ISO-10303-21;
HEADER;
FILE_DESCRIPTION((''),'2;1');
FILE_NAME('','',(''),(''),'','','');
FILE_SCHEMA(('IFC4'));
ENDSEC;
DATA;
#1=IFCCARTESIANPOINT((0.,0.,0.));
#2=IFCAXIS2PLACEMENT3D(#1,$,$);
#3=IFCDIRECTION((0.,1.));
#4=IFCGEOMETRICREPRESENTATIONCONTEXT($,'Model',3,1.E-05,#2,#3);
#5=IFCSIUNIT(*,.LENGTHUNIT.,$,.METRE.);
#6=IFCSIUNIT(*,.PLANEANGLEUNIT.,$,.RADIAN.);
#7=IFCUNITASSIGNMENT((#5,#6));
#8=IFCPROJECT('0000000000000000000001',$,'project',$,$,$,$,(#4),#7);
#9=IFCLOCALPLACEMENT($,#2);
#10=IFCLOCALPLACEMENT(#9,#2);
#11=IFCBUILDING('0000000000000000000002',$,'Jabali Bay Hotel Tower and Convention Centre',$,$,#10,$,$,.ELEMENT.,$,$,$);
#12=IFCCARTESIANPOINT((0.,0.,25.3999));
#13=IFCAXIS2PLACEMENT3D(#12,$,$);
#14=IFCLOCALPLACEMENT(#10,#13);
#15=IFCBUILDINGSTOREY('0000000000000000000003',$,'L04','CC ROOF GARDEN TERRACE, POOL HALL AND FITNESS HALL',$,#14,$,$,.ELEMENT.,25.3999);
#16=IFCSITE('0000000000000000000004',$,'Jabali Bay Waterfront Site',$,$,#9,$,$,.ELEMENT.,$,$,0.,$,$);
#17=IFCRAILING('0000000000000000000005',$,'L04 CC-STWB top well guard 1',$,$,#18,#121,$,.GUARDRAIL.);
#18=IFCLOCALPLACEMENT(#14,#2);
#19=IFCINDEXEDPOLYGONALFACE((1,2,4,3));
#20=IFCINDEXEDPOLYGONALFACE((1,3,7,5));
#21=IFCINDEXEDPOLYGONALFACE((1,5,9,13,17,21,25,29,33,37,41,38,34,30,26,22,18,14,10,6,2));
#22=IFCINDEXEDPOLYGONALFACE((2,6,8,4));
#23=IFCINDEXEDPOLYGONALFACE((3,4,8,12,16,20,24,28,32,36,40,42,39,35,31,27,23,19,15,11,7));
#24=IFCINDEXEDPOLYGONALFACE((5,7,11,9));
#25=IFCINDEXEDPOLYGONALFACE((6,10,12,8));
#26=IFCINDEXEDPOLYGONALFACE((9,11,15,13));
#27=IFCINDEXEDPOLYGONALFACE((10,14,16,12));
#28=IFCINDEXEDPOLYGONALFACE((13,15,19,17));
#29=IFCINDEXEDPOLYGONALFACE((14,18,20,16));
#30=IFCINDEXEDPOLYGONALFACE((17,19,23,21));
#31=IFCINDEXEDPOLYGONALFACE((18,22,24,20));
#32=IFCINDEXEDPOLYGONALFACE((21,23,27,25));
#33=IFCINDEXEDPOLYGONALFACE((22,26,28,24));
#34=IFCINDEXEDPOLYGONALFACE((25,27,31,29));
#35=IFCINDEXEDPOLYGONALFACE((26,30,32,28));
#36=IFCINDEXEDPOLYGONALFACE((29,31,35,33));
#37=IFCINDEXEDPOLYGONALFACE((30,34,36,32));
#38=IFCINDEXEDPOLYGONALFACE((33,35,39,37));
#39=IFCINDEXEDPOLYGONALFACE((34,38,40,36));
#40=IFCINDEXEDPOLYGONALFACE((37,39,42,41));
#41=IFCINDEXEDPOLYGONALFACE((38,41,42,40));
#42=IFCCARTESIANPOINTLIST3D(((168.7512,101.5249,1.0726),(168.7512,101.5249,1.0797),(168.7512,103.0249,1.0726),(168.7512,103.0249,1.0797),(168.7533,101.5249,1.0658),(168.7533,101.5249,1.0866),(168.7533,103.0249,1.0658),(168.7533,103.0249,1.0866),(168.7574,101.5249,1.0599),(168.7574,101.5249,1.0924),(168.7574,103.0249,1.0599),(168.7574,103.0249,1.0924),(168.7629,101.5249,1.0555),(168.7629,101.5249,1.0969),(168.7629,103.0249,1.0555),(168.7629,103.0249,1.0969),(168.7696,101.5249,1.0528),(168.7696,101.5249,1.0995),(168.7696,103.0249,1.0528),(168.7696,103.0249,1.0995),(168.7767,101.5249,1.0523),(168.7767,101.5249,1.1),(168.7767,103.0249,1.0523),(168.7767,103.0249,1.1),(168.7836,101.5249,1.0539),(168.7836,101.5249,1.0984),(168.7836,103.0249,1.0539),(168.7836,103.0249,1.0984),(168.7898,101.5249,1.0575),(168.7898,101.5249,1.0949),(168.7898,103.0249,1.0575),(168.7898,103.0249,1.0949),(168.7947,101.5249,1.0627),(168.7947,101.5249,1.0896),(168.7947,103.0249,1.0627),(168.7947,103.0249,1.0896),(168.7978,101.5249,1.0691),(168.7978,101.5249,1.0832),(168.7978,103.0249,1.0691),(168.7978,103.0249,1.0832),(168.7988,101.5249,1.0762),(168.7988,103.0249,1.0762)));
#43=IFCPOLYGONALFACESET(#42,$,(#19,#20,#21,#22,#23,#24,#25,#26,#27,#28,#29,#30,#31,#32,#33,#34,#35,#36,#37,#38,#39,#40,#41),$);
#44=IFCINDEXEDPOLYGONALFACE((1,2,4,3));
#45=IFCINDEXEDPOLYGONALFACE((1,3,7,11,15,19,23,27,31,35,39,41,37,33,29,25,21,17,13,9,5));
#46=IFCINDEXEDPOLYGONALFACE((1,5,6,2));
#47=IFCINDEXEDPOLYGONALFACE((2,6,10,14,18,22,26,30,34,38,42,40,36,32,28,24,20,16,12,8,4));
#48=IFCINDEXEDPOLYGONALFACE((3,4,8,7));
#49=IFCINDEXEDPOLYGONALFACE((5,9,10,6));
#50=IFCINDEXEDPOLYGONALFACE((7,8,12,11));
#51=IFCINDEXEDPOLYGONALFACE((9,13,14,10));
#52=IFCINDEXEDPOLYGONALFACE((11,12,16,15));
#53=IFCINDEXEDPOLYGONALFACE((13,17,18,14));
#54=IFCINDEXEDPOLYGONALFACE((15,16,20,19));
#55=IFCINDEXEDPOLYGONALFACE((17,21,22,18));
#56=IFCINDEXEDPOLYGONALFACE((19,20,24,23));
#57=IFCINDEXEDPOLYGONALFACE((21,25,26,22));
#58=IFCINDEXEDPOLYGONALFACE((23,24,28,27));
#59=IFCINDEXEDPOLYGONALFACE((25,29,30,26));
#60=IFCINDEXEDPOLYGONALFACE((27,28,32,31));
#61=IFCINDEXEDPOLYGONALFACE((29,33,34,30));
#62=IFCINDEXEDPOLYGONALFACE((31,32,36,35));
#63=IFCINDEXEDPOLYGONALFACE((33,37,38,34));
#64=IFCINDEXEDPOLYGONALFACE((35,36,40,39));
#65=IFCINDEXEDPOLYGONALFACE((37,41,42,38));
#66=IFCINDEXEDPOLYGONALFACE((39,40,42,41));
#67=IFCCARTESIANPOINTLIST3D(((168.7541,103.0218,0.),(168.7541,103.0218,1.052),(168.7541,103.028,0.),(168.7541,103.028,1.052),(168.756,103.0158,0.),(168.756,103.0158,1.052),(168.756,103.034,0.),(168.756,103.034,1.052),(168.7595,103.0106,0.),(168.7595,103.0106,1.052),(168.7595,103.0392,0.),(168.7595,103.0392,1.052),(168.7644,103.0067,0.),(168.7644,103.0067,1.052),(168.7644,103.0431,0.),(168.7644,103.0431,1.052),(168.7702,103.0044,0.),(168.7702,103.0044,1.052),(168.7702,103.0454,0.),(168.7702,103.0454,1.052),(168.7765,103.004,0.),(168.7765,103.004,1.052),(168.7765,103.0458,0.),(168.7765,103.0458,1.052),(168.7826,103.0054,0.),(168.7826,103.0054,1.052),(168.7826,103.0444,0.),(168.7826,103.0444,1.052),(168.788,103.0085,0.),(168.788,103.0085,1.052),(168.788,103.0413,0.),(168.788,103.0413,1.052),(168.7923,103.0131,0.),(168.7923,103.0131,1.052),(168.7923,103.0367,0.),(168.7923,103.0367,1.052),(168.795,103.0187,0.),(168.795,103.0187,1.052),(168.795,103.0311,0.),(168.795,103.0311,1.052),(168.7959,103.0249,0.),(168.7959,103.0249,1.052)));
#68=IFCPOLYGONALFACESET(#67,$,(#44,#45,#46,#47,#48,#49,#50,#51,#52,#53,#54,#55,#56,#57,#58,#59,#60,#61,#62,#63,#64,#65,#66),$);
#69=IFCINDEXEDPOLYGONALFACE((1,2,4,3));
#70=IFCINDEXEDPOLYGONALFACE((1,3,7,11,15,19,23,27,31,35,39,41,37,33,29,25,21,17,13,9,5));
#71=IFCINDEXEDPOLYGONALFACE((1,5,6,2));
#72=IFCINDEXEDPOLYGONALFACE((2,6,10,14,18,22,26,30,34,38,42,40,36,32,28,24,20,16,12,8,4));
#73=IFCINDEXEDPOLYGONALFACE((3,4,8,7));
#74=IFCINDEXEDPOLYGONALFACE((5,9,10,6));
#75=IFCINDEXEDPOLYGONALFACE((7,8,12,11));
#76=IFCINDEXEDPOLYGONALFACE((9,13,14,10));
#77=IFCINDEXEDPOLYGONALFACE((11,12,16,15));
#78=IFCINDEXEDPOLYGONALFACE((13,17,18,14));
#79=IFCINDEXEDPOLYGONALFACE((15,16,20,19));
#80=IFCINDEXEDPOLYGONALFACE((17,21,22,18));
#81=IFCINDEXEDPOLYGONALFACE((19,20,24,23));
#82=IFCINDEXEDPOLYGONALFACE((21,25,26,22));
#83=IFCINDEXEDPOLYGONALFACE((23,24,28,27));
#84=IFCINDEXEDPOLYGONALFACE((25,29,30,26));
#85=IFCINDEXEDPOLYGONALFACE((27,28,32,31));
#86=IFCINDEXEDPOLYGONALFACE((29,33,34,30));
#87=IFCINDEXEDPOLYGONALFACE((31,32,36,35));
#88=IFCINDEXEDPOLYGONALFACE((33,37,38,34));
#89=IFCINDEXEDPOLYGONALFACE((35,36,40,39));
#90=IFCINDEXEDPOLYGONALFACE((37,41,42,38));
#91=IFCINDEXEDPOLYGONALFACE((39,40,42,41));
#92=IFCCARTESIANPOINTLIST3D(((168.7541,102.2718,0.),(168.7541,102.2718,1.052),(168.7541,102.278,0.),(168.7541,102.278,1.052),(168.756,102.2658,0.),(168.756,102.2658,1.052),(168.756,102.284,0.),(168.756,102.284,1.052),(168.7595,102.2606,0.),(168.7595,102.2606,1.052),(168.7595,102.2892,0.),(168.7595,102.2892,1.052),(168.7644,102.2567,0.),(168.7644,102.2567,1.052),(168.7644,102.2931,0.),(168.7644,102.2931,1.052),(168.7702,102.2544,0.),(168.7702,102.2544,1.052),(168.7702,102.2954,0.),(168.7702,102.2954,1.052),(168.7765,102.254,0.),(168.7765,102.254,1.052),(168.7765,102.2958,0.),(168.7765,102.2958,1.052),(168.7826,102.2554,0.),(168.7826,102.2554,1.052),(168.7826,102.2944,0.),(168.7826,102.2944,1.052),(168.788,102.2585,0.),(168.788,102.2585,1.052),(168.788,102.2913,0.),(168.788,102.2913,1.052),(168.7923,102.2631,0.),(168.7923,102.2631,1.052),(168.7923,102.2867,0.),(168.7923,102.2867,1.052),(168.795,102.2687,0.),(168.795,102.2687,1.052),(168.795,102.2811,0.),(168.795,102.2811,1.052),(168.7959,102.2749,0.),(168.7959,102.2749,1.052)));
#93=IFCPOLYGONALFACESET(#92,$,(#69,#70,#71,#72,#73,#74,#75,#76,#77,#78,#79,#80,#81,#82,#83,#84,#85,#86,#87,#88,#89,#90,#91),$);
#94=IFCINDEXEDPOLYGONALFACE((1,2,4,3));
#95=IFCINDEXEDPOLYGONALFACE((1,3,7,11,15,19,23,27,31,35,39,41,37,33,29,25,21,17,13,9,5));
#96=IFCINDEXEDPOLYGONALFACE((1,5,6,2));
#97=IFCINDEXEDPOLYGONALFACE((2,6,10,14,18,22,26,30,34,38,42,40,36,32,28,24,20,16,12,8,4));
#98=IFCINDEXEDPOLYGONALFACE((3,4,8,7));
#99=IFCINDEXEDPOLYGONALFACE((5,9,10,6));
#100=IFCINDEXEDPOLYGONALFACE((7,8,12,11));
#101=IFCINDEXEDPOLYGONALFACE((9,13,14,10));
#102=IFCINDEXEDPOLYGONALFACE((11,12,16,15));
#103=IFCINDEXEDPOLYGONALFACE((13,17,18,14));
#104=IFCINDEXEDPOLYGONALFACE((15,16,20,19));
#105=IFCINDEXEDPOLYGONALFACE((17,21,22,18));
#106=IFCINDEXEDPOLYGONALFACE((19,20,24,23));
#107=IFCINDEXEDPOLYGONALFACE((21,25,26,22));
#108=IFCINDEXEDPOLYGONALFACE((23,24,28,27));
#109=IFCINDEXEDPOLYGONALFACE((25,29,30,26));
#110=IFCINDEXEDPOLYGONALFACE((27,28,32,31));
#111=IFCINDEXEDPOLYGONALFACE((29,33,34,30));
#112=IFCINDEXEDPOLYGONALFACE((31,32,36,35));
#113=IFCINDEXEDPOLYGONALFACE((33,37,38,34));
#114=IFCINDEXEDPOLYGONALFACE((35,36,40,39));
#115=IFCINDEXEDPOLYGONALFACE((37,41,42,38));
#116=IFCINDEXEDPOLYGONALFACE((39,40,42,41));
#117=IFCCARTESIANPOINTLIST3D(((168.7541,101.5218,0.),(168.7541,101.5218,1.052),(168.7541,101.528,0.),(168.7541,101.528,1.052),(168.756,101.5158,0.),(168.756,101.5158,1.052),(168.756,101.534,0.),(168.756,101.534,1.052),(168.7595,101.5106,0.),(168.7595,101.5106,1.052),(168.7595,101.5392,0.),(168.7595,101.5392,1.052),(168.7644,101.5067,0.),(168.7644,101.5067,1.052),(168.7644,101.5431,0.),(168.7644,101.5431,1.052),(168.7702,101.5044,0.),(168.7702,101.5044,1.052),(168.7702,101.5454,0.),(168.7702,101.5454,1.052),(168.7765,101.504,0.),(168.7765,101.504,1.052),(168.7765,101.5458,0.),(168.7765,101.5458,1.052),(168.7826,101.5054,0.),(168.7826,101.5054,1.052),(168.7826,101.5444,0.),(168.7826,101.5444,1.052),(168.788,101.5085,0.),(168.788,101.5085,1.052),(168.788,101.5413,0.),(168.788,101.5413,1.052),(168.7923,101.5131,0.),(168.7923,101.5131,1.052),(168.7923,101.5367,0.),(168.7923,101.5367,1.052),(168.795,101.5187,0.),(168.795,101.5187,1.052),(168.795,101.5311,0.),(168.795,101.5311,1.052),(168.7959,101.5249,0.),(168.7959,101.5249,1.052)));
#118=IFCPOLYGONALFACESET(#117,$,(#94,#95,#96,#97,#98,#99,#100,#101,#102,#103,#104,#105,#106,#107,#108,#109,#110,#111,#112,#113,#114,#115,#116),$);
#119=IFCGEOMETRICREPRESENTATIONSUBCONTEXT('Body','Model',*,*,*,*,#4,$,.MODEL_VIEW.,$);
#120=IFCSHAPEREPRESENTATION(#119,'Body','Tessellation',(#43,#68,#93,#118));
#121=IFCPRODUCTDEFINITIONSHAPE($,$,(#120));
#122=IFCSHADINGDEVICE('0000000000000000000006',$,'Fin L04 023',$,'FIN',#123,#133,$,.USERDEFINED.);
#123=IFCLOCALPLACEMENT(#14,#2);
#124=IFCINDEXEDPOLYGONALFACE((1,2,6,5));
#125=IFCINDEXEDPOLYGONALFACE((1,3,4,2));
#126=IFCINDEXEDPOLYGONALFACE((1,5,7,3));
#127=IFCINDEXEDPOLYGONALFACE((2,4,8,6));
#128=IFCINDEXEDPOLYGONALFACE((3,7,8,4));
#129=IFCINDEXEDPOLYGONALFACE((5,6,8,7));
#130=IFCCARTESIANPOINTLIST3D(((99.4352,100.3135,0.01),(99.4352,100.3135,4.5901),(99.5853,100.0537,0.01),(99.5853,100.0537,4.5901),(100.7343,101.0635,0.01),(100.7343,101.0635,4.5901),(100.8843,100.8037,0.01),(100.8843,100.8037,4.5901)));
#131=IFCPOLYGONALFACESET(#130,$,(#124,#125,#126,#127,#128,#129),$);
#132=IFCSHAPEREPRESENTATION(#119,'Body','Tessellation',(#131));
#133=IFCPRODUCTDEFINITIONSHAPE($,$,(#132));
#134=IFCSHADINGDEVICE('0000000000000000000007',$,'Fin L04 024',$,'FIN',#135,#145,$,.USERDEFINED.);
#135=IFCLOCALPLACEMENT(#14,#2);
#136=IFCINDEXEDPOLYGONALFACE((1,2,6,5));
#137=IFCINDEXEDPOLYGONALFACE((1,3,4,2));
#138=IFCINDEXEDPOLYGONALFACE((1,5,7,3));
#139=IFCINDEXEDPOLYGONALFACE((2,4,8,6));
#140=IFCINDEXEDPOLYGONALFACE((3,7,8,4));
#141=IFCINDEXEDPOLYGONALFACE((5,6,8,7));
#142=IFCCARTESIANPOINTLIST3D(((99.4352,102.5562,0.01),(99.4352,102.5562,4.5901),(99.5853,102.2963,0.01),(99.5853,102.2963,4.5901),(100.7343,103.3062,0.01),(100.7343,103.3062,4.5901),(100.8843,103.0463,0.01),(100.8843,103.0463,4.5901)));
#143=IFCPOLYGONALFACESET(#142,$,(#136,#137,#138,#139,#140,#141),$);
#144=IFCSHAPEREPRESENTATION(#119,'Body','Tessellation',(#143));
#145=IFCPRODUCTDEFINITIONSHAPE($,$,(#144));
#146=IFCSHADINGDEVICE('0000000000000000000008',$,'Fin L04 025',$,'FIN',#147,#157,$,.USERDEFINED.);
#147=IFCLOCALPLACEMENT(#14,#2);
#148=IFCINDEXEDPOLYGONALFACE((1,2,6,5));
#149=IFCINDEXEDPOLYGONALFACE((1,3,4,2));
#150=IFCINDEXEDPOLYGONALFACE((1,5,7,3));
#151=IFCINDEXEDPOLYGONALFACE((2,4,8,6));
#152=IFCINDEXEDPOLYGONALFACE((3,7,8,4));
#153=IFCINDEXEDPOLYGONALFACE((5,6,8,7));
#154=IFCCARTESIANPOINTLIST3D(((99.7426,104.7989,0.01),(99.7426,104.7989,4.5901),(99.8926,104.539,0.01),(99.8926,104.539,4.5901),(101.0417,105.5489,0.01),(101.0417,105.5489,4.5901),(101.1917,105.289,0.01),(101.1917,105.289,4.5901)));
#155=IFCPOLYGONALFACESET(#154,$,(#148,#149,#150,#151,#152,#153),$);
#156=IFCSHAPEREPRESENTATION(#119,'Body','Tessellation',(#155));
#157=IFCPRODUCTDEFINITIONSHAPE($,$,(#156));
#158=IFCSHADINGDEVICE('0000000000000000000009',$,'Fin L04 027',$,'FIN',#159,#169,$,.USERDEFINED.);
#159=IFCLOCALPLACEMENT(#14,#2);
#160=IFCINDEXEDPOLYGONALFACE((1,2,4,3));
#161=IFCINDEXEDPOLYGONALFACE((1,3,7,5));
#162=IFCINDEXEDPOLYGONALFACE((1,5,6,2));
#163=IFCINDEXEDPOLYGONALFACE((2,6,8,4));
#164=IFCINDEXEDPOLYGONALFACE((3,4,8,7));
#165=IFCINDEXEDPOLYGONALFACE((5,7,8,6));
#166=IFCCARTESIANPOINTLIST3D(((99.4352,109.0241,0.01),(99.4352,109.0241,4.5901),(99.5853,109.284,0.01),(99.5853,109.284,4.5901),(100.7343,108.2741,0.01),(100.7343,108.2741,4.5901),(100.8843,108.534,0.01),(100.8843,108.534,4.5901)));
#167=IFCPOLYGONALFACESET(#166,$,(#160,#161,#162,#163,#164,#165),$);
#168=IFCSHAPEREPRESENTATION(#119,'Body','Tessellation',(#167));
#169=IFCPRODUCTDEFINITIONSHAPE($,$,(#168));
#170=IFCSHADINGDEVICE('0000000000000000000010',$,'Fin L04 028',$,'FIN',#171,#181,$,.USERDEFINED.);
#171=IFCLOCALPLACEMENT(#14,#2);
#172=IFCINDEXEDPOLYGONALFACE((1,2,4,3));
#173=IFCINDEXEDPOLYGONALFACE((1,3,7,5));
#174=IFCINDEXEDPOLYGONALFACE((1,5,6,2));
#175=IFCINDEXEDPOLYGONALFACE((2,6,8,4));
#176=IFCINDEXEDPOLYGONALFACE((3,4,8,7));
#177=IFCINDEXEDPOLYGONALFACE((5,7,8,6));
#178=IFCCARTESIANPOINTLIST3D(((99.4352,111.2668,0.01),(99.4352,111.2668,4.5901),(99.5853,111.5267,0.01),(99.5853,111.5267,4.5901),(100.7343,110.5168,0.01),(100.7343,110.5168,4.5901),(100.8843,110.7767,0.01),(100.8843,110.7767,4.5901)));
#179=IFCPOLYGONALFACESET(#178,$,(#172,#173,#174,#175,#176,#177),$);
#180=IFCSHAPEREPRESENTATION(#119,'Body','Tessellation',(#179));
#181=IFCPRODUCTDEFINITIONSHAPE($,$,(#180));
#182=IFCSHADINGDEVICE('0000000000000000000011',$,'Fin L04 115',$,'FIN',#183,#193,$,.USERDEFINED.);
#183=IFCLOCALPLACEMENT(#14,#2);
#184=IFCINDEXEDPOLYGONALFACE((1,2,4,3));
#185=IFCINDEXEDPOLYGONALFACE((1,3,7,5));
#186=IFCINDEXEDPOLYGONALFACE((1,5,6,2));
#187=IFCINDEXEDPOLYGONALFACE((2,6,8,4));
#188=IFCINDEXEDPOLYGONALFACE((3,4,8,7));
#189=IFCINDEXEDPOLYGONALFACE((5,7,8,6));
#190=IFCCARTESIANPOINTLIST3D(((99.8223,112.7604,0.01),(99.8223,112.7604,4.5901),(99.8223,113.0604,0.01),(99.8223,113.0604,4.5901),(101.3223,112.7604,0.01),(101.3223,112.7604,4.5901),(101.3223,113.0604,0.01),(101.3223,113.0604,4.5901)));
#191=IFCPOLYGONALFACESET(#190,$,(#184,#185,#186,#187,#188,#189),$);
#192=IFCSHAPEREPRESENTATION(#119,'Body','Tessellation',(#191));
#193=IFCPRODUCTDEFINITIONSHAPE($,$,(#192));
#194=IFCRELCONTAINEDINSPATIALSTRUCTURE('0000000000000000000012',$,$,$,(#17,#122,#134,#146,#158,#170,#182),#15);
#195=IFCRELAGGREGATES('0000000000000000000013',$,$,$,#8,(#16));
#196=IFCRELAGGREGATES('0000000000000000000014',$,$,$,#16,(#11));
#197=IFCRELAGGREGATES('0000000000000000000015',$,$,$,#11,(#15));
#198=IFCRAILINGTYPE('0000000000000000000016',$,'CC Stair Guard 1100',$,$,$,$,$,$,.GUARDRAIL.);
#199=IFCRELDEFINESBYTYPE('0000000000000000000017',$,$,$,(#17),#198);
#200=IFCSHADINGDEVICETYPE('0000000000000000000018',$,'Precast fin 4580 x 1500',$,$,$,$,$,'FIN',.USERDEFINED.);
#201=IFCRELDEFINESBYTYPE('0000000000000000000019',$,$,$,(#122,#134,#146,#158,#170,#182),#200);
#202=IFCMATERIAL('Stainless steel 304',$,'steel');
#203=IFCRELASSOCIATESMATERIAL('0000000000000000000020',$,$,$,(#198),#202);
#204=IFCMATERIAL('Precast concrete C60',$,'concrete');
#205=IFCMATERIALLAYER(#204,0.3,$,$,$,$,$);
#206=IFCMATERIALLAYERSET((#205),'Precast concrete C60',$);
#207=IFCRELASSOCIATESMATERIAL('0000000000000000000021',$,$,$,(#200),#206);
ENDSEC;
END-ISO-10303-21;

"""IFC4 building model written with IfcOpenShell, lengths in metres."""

from ifc_helpers import new_model, si_unit, direction, frame, frame_2d, origin, origin_2d, place, context, subcontext, project, spatial, rectangle, circle, extrude, material, layer, layer_set, type_object, element, save


model = new_model("IFC4")

# Units and contexts
model_context = context("Model", 3, precision=1e-05, world=origin(), true_north=direction((0.0, 1.0)))
body_context = subcontext(model_context, "Body", "Model", "MODEL_VIEW")
ifc_project = project(units=[si_unit("LENGTHUNIT", "METRE"), si_unit("PLANEANGLEUNIT", "RADIAN")], contexts=[model_context])

# Site, building, storey
site_placement = place(None, origin())
site = spatial("IfcSite", under=ifc_project, at=site_placement, Name="Jabali Bay Waterfront Site", CompositionType="ELEMENT", RefElevation=0.0)
building_placement = place(site_placement, origin())
building = spatial("IfcBuilding", under=site, at=building_placement, Name="Jabali Bay Hotel Tower and Convention Centre", CompositionType="ELEMENT")
storey_placement = place(building_placement, frame((0.0, 0.0, 25.3999)))
storey = spatial("IfcBuildingStorey", under=building, at=storey_placement, Name="L04", Description="CC ROOF GARDEN TERRACE, POOL HALL AND FITNESS HALL", CompositionType="ELEMENT", Elevation=25.3999)

# Railing
ifc_material_1 = material(Name="Stainless steel 304", Category="steel")
railing_type = type_object("IfcRailingType", Name="CC Stair Guard 1100", PredefinedType="GUARDRAIL", material=ifc_material_1)
railing_1_placement = place(storey_placement, frame((168.7749, 103.0249, 0.0)))
element("IfcRailing", 1, at=railing_1_placement, inside=storey, type_object=railing_type, Name="L04 CC-STWB top well guard 1", PredefinedType="GUARDRAIL", context=body_context, shape_type="SweptSolid", body=[
    extrude(circle(Radius=0.0239, at=origin_2d()), frame((0.0, 0.0, 1.0762), z_axis=(0.0, -1.0, 0.0), x_axis=(1.0, 0.0, 0.0)), (0.0, 0.0, 1.0), 1.5),
    extrude(circle(Radius=0.021, at=origin_2d()), origin(), (0.0, 0.0, 1.0), 1.052),
    extrude(circle(Radius=0.021, at=origin_2d()), frame((0.0, -0.75, 0.0)), (0.0, 0.0, 1.0), 1.052),
    extrude(circle(Radius=0.021, at=origin_2d()), frame((0.0, -1.5, 0.0)), (0.0, 0.0, 1.0), 1.052),
])

# Shading devices
ifc_material_2 = material(Name="Precast concrete C60", Category="concrete")
ifc_layer_1 = layer(ifc_material_2, 0.3)
ifc_layer_set_1 = layer_set([ifc_layer_1], Name="Precast concrete C60")
shading_device_type = type_object("IfcShadingDeviceType", Name="Precast fin 4580 x 1500", ElementType="FIN", PredefinedType="USERDEFINED", material=ifc_layer_set_1)
for number, where, z_axis, x_axis, name in (
    (2, (99.5103, 100.1836, 0.01), (0.0, 0.0, 1.0), (0.866031, 0.49999, 0.0), "Fin L04 023"),
    (3, (99.5103, 102.4263, 0.01), (0.0, 0.0, 1.0), (0.866031, 0.49999, 0.0), "Fin L04 024"),
    (4, (99.8176, 104.6689, 0.01), (0.0, 0.0, 1.0), (0.866031, 0.49999, 0.0), "Fin L04 025"),
    (5, (99.5103, 109.1541, 0.01), (0.0, 0.0, 1.0), (0.866031, -0.49999, 0.0), "Fin L04 027"),
    (6, (99.5103, 111.3967, 0.01), (0.0, 0.0, 1.0), (0.866031, -0.49999, 0.0), "Fin L04 028"),
    (7, (99.8223, 112.9104, 0.01), (0.0, 0.0, 1.0), (1.0, 0.0, 0.0), "Fin L04 115"),
):
    element("IfcShadingDevice", number, at=place(storey_placement, frame(where, z_axis=z_axis, x_axis=x_axis)), inside=storey, type_object=shading_device_type, Name=name, ObjectType="FIN", PredefinedType="USERDEFINED", context=body_context, shape_type="SweptSolid", body=[
        extrude(rectangle(XDim=1.5, YDim=0.3, at=frame_2d((0.75, 0.0))), origin(), (0.0, 0.0, 1.0), 4.5801),
    ])

save(model, "model.ifc")
